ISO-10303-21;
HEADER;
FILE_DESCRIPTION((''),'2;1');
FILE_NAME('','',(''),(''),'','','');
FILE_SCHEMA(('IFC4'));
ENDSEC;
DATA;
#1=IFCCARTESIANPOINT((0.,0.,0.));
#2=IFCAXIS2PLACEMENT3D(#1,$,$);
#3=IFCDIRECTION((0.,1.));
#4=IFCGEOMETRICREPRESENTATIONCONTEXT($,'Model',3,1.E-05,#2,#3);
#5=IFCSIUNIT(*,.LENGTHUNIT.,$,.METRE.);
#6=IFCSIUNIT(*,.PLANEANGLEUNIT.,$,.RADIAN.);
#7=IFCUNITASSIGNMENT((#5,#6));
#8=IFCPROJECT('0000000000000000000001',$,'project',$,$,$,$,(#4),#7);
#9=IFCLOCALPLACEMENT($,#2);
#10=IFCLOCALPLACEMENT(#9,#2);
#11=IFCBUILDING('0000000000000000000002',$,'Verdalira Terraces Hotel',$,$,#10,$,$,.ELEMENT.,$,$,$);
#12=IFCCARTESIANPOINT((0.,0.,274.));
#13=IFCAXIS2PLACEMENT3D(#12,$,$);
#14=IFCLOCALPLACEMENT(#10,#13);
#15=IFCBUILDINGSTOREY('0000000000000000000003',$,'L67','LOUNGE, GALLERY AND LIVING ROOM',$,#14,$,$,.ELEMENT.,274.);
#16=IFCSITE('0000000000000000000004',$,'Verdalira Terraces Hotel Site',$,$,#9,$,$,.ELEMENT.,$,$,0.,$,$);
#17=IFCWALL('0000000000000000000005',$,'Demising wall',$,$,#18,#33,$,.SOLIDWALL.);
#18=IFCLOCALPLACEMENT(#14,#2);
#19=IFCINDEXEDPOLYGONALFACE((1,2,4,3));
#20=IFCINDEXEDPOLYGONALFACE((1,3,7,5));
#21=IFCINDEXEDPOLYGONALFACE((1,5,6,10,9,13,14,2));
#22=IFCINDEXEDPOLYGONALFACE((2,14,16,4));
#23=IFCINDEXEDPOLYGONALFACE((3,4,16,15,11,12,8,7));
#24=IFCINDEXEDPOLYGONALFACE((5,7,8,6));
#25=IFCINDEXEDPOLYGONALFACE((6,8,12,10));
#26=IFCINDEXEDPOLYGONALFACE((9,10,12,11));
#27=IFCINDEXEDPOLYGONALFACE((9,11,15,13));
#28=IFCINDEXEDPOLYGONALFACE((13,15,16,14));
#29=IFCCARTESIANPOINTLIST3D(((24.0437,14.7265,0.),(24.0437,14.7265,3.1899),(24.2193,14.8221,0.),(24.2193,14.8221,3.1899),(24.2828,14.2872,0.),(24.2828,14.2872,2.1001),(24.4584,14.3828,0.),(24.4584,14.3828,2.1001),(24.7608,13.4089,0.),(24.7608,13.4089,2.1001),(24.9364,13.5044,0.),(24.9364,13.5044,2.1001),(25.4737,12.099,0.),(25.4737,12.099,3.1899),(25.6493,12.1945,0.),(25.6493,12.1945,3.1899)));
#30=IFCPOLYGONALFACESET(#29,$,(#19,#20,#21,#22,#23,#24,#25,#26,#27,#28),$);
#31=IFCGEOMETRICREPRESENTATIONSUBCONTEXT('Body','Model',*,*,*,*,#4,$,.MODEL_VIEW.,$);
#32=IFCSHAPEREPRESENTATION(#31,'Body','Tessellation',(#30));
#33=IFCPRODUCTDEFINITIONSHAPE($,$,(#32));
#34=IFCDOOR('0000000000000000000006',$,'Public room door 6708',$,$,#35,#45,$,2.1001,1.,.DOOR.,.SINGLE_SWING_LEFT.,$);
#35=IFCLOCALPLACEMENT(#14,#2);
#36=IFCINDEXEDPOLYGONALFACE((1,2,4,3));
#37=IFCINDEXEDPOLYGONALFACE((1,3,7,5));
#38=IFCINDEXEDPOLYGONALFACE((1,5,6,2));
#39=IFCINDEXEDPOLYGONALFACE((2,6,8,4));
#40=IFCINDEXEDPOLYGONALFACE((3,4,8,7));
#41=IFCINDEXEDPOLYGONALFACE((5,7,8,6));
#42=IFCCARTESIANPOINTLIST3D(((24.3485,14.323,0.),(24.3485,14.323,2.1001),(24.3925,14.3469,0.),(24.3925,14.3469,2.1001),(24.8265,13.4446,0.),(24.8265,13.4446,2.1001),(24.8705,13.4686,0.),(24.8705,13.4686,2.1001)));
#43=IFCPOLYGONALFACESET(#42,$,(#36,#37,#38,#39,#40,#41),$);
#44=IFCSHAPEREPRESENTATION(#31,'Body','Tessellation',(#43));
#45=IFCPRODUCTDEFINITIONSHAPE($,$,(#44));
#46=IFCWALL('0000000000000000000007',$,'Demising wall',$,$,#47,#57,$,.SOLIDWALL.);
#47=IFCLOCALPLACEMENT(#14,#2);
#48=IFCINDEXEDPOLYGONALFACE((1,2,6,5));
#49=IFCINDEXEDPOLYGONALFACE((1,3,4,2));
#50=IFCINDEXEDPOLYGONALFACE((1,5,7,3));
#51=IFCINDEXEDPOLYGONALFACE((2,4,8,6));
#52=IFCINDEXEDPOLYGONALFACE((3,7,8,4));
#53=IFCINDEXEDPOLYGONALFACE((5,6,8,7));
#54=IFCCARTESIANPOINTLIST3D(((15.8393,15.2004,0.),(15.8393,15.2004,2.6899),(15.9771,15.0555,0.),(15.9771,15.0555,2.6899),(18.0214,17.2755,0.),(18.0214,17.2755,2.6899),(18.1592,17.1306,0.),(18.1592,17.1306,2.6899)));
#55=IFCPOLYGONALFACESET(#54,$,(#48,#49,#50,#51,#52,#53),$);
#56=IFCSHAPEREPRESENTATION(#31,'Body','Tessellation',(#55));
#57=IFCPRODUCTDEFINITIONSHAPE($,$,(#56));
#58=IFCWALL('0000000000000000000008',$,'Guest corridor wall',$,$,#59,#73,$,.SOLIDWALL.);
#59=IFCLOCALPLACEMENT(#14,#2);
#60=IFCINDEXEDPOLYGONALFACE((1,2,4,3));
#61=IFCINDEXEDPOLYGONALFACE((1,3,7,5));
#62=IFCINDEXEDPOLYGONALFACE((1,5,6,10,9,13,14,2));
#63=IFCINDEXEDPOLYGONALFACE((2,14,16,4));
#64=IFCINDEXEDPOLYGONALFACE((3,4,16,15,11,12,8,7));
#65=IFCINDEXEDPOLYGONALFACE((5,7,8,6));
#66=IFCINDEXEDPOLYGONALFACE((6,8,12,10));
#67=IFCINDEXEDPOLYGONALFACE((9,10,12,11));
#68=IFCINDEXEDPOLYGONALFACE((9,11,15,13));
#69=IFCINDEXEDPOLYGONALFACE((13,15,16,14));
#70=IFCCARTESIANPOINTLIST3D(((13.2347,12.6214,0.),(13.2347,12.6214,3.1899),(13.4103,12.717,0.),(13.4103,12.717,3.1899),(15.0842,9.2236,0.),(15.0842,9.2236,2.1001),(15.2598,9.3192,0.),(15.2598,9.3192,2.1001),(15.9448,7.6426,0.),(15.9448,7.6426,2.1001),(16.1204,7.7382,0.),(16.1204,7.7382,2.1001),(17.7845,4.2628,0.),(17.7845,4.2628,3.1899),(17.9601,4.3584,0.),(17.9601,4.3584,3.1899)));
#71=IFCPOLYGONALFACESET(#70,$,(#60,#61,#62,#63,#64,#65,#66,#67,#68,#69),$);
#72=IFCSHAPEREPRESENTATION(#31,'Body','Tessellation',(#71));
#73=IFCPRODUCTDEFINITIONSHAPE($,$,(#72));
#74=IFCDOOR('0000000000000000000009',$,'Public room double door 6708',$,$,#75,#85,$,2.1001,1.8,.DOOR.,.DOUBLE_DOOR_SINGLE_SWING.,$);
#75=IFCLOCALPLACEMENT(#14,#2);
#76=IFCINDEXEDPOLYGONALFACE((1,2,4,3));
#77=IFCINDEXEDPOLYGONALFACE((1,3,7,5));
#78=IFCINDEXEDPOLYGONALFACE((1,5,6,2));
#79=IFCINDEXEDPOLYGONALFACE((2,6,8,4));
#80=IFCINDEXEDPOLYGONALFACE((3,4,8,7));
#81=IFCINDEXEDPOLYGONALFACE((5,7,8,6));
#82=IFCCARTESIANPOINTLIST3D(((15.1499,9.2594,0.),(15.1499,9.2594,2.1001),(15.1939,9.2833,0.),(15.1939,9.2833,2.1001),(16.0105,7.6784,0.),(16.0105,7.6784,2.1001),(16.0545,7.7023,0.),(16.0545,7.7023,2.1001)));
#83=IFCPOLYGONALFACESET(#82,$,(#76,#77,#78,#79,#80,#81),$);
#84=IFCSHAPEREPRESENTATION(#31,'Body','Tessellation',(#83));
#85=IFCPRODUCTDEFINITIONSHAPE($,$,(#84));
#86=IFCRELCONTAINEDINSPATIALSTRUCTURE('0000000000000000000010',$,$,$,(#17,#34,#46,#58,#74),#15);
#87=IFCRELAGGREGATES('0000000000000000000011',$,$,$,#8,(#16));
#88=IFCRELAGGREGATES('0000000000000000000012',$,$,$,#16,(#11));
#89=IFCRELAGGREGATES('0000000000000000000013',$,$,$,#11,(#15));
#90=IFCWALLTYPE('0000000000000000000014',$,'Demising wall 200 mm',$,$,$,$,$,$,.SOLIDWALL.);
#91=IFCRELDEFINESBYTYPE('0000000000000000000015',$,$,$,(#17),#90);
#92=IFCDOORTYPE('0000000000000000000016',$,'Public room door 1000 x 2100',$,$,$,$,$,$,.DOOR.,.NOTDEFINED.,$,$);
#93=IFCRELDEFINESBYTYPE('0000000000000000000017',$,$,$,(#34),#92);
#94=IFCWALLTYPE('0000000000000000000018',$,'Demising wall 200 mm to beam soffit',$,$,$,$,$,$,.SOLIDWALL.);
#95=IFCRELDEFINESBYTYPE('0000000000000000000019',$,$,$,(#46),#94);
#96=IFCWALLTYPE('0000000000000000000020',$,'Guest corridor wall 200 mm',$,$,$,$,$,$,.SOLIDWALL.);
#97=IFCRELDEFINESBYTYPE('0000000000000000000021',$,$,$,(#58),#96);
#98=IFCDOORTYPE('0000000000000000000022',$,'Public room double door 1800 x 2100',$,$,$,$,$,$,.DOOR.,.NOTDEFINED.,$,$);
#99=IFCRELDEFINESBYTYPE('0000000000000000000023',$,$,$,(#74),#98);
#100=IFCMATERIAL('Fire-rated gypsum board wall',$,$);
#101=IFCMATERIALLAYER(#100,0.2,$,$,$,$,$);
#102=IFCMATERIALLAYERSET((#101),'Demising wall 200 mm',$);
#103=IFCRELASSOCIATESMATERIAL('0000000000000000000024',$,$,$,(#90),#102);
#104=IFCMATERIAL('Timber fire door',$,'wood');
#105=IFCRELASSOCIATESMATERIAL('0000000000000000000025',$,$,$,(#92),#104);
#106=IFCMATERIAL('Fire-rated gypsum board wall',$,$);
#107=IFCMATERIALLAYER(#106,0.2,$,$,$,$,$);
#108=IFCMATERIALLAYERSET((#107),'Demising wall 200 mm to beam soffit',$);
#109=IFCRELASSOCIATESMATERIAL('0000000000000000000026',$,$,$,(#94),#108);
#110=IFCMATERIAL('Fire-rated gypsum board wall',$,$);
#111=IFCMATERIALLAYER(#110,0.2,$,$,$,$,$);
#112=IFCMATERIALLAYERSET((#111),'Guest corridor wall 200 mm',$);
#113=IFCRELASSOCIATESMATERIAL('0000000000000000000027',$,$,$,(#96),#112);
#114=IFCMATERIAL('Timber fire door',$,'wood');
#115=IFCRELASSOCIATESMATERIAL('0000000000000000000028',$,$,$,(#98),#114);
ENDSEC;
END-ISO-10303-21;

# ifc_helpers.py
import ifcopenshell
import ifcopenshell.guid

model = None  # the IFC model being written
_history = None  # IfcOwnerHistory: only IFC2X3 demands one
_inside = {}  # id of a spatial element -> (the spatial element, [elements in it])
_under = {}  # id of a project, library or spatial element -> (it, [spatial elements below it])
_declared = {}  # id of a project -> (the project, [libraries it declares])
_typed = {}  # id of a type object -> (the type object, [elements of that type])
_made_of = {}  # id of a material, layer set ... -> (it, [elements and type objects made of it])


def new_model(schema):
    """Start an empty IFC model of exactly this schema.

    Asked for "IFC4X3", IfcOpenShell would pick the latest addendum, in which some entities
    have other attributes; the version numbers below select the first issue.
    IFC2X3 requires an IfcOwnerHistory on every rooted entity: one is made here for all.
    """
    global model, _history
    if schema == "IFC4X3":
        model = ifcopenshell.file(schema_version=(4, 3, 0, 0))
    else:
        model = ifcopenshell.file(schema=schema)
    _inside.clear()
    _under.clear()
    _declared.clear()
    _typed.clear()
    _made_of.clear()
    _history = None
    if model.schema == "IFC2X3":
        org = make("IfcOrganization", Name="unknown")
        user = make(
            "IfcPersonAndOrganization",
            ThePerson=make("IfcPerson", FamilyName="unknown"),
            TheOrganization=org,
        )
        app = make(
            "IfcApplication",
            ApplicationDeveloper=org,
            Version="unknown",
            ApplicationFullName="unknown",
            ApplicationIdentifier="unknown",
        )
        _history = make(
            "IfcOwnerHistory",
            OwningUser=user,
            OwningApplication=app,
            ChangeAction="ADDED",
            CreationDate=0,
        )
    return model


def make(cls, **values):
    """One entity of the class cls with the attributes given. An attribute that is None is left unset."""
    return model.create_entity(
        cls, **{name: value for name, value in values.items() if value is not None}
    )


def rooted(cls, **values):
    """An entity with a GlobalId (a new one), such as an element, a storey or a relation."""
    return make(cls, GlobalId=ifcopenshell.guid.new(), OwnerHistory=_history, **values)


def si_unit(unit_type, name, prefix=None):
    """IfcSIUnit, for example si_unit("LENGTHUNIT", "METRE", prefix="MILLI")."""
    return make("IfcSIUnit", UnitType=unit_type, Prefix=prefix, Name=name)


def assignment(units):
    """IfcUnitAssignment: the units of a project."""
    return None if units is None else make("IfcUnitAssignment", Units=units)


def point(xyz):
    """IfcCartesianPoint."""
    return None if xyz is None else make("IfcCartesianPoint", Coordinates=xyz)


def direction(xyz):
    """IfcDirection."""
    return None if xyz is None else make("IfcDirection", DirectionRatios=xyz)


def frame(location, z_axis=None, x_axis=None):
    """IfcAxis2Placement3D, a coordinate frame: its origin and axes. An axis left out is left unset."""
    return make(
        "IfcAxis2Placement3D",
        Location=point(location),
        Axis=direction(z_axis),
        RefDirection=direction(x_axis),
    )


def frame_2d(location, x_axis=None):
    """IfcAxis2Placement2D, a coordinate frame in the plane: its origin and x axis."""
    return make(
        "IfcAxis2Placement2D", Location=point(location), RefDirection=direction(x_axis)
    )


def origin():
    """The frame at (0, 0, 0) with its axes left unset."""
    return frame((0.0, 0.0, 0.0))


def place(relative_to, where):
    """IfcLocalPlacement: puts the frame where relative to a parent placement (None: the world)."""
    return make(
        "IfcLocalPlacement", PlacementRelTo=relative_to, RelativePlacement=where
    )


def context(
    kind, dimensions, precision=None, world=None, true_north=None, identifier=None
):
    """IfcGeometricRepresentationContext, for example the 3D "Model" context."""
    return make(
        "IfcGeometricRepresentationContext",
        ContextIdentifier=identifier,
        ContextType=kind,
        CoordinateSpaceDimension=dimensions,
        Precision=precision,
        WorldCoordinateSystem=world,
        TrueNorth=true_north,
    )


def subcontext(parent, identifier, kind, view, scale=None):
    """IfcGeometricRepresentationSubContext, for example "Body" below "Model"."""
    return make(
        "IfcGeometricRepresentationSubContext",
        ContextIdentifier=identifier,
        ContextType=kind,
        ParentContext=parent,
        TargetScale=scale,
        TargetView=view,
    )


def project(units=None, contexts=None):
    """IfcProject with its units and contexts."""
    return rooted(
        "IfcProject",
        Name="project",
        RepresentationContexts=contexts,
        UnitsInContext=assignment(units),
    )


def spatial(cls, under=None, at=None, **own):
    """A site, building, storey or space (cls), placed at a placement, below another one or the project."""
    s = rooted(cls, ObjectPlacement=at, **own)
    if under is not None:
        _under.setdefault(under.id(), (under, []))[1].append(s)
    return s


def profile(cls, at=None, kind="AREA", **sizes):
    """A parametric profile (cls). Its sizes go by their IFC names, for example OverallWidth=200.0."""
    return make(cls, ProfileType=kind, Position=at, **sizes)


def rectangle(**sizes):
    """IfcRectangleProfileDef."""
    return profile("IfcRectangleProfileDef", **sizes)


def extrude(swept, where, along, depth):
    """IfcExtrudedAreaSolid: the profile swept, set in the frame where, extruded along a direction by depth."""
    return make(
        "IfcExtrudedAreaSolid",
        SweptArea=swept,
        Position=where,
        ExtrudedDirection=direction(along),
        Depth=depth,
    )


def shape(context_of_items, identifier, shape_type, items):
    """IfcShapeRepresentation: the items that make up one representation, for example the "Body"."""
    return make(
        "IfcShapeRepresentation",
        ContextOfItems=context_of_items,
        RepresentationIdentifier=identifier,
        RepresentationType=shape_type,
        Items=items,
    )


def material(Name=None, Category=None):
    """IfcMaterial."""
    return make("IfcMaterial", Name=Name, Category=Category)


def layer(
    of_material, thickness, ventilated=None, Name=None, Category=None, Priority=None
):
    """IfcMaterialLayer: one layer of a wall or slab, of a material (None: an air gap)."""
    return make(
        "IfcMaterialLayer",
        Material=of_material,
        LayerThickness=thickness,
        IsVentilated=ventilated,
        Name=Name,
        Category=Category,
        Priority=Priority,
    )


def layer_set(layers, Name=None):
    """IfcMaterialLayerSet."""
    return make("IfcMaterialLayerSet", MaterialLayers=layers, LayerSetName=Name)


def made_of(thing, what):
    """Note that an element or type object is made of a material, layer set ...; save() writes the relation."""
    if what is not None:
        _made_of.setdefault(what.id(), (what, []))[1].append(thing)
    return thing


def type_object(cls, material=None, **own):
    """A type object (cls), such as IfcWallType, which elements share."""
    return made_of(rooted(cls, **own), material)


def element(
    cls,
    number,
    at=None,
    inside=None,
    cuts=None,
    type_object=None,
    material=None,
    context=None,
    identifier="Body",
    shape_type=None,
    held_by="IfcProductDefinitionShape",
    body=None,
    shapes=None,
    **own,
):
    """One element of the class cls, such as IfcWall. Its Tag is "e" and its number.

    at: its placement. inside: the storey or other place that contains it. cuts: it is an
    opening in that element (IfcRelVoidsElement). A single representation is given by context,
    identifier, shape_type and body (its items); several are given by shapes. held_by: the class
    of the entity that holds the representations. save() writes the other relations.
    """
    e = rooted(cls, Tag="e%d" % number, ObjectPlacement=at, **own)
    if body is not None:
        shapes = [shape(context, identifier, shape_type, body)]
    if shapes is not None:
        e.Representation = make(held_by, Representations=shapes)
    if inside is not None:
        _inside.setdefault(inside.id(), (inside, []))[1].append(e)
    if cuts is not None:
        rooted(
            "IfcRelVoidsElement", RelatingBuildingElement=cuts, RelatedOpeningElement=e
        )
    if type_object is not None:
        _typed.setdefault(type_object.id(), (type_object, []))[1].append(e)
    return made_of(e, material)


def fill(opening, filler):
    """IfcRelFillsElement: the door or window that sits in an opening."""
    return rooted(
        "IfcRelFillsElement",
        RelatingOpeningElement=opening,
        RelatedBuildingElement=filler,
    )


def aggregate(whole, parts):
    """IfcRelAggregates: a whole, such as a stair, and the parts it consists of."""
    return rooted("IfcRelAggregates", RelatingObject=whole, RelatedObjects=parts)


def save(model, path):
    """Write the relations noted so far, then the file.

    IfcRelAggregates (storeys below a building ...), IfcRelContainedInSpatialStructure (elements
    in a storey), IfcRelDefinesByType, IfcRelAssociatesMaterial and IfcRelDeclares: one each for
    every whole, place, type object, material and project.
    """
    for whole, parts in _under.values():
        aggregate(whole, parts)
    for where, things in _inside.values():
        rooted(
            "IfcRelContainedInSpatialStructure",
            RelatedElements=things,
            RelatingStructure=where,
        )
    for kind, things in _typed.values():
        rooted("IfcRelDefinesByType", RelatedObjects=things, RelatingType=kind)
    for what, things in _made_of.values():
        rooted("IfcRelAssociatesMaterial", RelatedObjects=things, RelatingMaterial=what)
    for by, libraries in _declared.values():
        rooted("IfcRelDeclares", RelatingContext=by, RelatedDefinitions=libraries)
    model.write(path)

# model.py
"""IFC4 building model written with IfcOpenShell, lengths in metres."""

from ifc_helpers import new_model, si_unit, direction, frame, frame_2d, origin, place, context, subcontext, project, spatial, rectangle, extrude, material, layer, layer_set, type_object, element, fill, save


model = new_model("IFC4")

# Units and contexts
model_context = context("Model", 3, precision=1e-05, world=origin(), true_north=direction((0.0, 1.0)))
body_context = subcontext(model_context, "Body", "Model", "MODEL_VIEW")
ifc_project = project(units=[si_unit("LENGTHUNIT", "METRE"), si_unit("PLANEANGLEUNIT", "RADIAN")], contexts=[model_context])

# Site, building, storey
site_placement = place(None, origin())
site = spatial("IfcSite", under=ifc_project, at=site_placement, Name="Verdalira Terraces Hotel Site", CompositionType="ELEMENT", RefElevation=0.0)
building_placement = place(site_placement, origin())
building = spatial("IfcBuilding", under=site, at=building_placement, Name="Verdalira Terraces Hotel", CompositionType="ELEMENT")
storey_placement = place(building_placement, frame((0.0, 0.0, 274.0)))
storey = spatial("IfcBuildingStorey", under=building, at=storey_placement, Name="L67", Description="LOUNGE, GALLERY AND LIVING ROOM", CompositionType="ELEMENT", Elevation=274.0)

# Shared definitions
ifc_material_1 = material(Name="Fire-rated gypsum board wall")
ifc_layer_1 = layer(ifc_material_1, 0.2)
ifc_layer_set_1 = layer_set([ifc_layer_1], Name="Demising wall 200 mm")
wall_type_1 = type_object("IfcWallType", Name="Demising wall 200 mm", PredefinedType="SOLIDWALL", material=ifc_layer_set_1)

# Wall, opening, door
ifc_material_2 = material(Name="Timber fire door", Category="wood")
door_type_1 = type_object("IfcDoorType", Name="Public room door 1000 x 2100", OperationType="NOTDEFINED", PredefinedType="DOOR", material=ifc_material_2)
wall_1_placement = place(storey_placement, frame((24.1316, 14.7742, 0.0), z_axis=(0.0, 0.0, 1.0), x_axis=(0.478023, -0.878347, 0.0)))
wall_1 = element("IfcWall", 1, at=wall_1_placement, inside=storey, type_object=wall_type_1, Name="Demising wall", PredefinedType="SOLIDWALL", context=body_context, shape_type="SweptSolid", body=[
    extrude(rectangle(XDim=2.9915, YDim=0.2, at=frame_2d((1.4956, 0.0))), origin(), (0.0, 0.0, 1.0), 3.1899),
])
opening_1_placement = place(wall_1_placement, frame((0.5, 0.0, 0.0)))
opening_1 = element("IfcOpeningElement", 2, at=opening_1_placement, cuts=wall_1, PredefinedType="OPENING", context=body_context, shape_type="SweptSolid", body=[
    extrude(rectangle(XDim=1.0, YDim=2.1001, at=frame_2d((0.5, 1.05))), frame((0.0, 0.1099, 0.0), z_axis=(0.0, -1.0, 0.0), x_axis=(1.0, 0.0, 0.0)), (0.0, 0.0, 1.0), 0.22),
])
door_1_placement = place(opening_1_placement, origin())
door_1 = element("IfcDoor", 3, at=door_1_placement, inside=storey, type_object=door_type_1, Name="Public room door 6708", OperationType="SINGLE_SWING_LEFT", OverallHeight=2.1001, OverallWidth=1.0, PredefinedType="DOOR", context=body_context, shape_type="SweptSolid", body=[
    extrude(rectangle(XDim=1.0, YDim=2.1001, at=frame_2d((0.5, 1.05))), frame((0.0, 0.0249, 0.0), z_axis=(0.0, -1.0, 0.0), x_axis=(1.0, 0.0, 0.0)), (0.0, 0.0, 1.0), 0.05),
])
fill(opening_1, door_1)

# Wall
ifc_material_3 = material(Name="Fire-rated gypsum board wall")
ifc_layer_2 = layer(ifc_material_3, 0.2)
ifc_layer_set_2 = layer_set([ifc_layer_2], Name="Demising wall 200 mm to beam soffit")
wall_type_2 = type_object("IfcWallType", Name="Demising wall 200 mm to beam soffit", PredefinedType="SOLIDWALL", material=ifc_layer_set_2)
wall_2_placement = place(storey_placement, frame((15.9082, 15.1279, 0.0), z_axis=(0.0, 0.0, 1.0), x_axis=(0.724639, 0.689129, 0.0)))
element("IfcWall", 4, at=wall_2_placement, inside=storey, type_object=wall_type_2, Name="Demising wall", PredefinedType="SOLIDWALL", context=body_context, shape_type="SweptSolid", body=[
    extrude(rectangle(XDim=3.0112, YDim=0.2, at=frame_2d((1.5056, 0.0))), origin(), (0.0, 0.0, 1.0), 2.6899),
])

# Wall, opening, door
ifc_material_4 = material(Name="Fire-rated gypsum board wall")
ifc_layer_3 = layer(ifc_material_4, 0.2)
ifc_layer_set_3 = layer_set([ifc_layer_3], Name="Guest corridor wall 200 mm")
wall_type_3 = type_object("IfcWallType", Name="Guest corridor wall 200 mm", PredefinedType="SOLIDWALL", material=ifc_layer_set_3)
wall_3_placement = place(storey_placement, frame((13.3225, 12.6692, 0.0), z_axis=(0.0, 0.0, 1.0), x_axis=(0.478086, -0.878313, 0.0)))
wall_3 = element("IfcWall", 5, at=wall_3_placement, inside=storey, type_object=wall_type_3, Name="Guest corridor wall", PredefinedType="SOLIDWALL", context=body_context, shape_type="SweptSolid", body=[
    extrude(rectangle(XDim=9.5166, YDim=0.2, at=frame_2d((4.7583, 0.0))), origin(), (0.0, 0.0, 1.0), 3.1899),
])
opening_2_placement = place(wall_3_placement, frame((3.8687, 0.0, 0.0)))
opening_2 = element("IfcOpeningElement", 6, at=opening_2_placement, cuts=wall_3, PredefinedType="OPENING", context=body_context, shape_type="SweptSolid", body=[
    extrude(rectangle(XDim=1.8, YDim=2.1001, at=frame_2d((0.8999, 1.05))), frame((0.0, 0.1099, 0.0), z_axis=(0.0, -1.0, 0.0), x_axis=(1.0, 0.0, 0.0)), (0.0, 0.0, 1.0), 0.22),
])
ifc_material_5 = material(Name="Timber fire door", Category="wood")
door_type_2 = type_object("IfcDoorType", Name="Public room double door 1800 x 2100", OperationType="NOTDEFINED", PredefinedType="DOOR", material=ifc_material_5)
door_2_placement = place(opening_2_placement, origin())
door_2 = element("IfcDoor", 7, at=door_2_placement, inside=storey, type_object=door_type_2, Name="Public room double door 6708", OperationType="DOUBLE_DOOR_SINGLE_SWING", OverallHeight=2.1001, OverallWidth=1.8, PredefinedType="DOOR", context=body_context, shape_type="SweptSolid", body=[
    extrude(rectangle(XDim=1.8, YDim=2.1001, at=frame_2d((0.8999, 1.05))), frame((0.0, 0.0249, 0.0), z_axis=(0.0, -1.0, 0.0), x_axis=(1.0, 0.0, 0.0)), (0.0, 0.0, 1.0), 0.05),
])
fill(opening_2, door_2)

save(model, "model.ifc")
